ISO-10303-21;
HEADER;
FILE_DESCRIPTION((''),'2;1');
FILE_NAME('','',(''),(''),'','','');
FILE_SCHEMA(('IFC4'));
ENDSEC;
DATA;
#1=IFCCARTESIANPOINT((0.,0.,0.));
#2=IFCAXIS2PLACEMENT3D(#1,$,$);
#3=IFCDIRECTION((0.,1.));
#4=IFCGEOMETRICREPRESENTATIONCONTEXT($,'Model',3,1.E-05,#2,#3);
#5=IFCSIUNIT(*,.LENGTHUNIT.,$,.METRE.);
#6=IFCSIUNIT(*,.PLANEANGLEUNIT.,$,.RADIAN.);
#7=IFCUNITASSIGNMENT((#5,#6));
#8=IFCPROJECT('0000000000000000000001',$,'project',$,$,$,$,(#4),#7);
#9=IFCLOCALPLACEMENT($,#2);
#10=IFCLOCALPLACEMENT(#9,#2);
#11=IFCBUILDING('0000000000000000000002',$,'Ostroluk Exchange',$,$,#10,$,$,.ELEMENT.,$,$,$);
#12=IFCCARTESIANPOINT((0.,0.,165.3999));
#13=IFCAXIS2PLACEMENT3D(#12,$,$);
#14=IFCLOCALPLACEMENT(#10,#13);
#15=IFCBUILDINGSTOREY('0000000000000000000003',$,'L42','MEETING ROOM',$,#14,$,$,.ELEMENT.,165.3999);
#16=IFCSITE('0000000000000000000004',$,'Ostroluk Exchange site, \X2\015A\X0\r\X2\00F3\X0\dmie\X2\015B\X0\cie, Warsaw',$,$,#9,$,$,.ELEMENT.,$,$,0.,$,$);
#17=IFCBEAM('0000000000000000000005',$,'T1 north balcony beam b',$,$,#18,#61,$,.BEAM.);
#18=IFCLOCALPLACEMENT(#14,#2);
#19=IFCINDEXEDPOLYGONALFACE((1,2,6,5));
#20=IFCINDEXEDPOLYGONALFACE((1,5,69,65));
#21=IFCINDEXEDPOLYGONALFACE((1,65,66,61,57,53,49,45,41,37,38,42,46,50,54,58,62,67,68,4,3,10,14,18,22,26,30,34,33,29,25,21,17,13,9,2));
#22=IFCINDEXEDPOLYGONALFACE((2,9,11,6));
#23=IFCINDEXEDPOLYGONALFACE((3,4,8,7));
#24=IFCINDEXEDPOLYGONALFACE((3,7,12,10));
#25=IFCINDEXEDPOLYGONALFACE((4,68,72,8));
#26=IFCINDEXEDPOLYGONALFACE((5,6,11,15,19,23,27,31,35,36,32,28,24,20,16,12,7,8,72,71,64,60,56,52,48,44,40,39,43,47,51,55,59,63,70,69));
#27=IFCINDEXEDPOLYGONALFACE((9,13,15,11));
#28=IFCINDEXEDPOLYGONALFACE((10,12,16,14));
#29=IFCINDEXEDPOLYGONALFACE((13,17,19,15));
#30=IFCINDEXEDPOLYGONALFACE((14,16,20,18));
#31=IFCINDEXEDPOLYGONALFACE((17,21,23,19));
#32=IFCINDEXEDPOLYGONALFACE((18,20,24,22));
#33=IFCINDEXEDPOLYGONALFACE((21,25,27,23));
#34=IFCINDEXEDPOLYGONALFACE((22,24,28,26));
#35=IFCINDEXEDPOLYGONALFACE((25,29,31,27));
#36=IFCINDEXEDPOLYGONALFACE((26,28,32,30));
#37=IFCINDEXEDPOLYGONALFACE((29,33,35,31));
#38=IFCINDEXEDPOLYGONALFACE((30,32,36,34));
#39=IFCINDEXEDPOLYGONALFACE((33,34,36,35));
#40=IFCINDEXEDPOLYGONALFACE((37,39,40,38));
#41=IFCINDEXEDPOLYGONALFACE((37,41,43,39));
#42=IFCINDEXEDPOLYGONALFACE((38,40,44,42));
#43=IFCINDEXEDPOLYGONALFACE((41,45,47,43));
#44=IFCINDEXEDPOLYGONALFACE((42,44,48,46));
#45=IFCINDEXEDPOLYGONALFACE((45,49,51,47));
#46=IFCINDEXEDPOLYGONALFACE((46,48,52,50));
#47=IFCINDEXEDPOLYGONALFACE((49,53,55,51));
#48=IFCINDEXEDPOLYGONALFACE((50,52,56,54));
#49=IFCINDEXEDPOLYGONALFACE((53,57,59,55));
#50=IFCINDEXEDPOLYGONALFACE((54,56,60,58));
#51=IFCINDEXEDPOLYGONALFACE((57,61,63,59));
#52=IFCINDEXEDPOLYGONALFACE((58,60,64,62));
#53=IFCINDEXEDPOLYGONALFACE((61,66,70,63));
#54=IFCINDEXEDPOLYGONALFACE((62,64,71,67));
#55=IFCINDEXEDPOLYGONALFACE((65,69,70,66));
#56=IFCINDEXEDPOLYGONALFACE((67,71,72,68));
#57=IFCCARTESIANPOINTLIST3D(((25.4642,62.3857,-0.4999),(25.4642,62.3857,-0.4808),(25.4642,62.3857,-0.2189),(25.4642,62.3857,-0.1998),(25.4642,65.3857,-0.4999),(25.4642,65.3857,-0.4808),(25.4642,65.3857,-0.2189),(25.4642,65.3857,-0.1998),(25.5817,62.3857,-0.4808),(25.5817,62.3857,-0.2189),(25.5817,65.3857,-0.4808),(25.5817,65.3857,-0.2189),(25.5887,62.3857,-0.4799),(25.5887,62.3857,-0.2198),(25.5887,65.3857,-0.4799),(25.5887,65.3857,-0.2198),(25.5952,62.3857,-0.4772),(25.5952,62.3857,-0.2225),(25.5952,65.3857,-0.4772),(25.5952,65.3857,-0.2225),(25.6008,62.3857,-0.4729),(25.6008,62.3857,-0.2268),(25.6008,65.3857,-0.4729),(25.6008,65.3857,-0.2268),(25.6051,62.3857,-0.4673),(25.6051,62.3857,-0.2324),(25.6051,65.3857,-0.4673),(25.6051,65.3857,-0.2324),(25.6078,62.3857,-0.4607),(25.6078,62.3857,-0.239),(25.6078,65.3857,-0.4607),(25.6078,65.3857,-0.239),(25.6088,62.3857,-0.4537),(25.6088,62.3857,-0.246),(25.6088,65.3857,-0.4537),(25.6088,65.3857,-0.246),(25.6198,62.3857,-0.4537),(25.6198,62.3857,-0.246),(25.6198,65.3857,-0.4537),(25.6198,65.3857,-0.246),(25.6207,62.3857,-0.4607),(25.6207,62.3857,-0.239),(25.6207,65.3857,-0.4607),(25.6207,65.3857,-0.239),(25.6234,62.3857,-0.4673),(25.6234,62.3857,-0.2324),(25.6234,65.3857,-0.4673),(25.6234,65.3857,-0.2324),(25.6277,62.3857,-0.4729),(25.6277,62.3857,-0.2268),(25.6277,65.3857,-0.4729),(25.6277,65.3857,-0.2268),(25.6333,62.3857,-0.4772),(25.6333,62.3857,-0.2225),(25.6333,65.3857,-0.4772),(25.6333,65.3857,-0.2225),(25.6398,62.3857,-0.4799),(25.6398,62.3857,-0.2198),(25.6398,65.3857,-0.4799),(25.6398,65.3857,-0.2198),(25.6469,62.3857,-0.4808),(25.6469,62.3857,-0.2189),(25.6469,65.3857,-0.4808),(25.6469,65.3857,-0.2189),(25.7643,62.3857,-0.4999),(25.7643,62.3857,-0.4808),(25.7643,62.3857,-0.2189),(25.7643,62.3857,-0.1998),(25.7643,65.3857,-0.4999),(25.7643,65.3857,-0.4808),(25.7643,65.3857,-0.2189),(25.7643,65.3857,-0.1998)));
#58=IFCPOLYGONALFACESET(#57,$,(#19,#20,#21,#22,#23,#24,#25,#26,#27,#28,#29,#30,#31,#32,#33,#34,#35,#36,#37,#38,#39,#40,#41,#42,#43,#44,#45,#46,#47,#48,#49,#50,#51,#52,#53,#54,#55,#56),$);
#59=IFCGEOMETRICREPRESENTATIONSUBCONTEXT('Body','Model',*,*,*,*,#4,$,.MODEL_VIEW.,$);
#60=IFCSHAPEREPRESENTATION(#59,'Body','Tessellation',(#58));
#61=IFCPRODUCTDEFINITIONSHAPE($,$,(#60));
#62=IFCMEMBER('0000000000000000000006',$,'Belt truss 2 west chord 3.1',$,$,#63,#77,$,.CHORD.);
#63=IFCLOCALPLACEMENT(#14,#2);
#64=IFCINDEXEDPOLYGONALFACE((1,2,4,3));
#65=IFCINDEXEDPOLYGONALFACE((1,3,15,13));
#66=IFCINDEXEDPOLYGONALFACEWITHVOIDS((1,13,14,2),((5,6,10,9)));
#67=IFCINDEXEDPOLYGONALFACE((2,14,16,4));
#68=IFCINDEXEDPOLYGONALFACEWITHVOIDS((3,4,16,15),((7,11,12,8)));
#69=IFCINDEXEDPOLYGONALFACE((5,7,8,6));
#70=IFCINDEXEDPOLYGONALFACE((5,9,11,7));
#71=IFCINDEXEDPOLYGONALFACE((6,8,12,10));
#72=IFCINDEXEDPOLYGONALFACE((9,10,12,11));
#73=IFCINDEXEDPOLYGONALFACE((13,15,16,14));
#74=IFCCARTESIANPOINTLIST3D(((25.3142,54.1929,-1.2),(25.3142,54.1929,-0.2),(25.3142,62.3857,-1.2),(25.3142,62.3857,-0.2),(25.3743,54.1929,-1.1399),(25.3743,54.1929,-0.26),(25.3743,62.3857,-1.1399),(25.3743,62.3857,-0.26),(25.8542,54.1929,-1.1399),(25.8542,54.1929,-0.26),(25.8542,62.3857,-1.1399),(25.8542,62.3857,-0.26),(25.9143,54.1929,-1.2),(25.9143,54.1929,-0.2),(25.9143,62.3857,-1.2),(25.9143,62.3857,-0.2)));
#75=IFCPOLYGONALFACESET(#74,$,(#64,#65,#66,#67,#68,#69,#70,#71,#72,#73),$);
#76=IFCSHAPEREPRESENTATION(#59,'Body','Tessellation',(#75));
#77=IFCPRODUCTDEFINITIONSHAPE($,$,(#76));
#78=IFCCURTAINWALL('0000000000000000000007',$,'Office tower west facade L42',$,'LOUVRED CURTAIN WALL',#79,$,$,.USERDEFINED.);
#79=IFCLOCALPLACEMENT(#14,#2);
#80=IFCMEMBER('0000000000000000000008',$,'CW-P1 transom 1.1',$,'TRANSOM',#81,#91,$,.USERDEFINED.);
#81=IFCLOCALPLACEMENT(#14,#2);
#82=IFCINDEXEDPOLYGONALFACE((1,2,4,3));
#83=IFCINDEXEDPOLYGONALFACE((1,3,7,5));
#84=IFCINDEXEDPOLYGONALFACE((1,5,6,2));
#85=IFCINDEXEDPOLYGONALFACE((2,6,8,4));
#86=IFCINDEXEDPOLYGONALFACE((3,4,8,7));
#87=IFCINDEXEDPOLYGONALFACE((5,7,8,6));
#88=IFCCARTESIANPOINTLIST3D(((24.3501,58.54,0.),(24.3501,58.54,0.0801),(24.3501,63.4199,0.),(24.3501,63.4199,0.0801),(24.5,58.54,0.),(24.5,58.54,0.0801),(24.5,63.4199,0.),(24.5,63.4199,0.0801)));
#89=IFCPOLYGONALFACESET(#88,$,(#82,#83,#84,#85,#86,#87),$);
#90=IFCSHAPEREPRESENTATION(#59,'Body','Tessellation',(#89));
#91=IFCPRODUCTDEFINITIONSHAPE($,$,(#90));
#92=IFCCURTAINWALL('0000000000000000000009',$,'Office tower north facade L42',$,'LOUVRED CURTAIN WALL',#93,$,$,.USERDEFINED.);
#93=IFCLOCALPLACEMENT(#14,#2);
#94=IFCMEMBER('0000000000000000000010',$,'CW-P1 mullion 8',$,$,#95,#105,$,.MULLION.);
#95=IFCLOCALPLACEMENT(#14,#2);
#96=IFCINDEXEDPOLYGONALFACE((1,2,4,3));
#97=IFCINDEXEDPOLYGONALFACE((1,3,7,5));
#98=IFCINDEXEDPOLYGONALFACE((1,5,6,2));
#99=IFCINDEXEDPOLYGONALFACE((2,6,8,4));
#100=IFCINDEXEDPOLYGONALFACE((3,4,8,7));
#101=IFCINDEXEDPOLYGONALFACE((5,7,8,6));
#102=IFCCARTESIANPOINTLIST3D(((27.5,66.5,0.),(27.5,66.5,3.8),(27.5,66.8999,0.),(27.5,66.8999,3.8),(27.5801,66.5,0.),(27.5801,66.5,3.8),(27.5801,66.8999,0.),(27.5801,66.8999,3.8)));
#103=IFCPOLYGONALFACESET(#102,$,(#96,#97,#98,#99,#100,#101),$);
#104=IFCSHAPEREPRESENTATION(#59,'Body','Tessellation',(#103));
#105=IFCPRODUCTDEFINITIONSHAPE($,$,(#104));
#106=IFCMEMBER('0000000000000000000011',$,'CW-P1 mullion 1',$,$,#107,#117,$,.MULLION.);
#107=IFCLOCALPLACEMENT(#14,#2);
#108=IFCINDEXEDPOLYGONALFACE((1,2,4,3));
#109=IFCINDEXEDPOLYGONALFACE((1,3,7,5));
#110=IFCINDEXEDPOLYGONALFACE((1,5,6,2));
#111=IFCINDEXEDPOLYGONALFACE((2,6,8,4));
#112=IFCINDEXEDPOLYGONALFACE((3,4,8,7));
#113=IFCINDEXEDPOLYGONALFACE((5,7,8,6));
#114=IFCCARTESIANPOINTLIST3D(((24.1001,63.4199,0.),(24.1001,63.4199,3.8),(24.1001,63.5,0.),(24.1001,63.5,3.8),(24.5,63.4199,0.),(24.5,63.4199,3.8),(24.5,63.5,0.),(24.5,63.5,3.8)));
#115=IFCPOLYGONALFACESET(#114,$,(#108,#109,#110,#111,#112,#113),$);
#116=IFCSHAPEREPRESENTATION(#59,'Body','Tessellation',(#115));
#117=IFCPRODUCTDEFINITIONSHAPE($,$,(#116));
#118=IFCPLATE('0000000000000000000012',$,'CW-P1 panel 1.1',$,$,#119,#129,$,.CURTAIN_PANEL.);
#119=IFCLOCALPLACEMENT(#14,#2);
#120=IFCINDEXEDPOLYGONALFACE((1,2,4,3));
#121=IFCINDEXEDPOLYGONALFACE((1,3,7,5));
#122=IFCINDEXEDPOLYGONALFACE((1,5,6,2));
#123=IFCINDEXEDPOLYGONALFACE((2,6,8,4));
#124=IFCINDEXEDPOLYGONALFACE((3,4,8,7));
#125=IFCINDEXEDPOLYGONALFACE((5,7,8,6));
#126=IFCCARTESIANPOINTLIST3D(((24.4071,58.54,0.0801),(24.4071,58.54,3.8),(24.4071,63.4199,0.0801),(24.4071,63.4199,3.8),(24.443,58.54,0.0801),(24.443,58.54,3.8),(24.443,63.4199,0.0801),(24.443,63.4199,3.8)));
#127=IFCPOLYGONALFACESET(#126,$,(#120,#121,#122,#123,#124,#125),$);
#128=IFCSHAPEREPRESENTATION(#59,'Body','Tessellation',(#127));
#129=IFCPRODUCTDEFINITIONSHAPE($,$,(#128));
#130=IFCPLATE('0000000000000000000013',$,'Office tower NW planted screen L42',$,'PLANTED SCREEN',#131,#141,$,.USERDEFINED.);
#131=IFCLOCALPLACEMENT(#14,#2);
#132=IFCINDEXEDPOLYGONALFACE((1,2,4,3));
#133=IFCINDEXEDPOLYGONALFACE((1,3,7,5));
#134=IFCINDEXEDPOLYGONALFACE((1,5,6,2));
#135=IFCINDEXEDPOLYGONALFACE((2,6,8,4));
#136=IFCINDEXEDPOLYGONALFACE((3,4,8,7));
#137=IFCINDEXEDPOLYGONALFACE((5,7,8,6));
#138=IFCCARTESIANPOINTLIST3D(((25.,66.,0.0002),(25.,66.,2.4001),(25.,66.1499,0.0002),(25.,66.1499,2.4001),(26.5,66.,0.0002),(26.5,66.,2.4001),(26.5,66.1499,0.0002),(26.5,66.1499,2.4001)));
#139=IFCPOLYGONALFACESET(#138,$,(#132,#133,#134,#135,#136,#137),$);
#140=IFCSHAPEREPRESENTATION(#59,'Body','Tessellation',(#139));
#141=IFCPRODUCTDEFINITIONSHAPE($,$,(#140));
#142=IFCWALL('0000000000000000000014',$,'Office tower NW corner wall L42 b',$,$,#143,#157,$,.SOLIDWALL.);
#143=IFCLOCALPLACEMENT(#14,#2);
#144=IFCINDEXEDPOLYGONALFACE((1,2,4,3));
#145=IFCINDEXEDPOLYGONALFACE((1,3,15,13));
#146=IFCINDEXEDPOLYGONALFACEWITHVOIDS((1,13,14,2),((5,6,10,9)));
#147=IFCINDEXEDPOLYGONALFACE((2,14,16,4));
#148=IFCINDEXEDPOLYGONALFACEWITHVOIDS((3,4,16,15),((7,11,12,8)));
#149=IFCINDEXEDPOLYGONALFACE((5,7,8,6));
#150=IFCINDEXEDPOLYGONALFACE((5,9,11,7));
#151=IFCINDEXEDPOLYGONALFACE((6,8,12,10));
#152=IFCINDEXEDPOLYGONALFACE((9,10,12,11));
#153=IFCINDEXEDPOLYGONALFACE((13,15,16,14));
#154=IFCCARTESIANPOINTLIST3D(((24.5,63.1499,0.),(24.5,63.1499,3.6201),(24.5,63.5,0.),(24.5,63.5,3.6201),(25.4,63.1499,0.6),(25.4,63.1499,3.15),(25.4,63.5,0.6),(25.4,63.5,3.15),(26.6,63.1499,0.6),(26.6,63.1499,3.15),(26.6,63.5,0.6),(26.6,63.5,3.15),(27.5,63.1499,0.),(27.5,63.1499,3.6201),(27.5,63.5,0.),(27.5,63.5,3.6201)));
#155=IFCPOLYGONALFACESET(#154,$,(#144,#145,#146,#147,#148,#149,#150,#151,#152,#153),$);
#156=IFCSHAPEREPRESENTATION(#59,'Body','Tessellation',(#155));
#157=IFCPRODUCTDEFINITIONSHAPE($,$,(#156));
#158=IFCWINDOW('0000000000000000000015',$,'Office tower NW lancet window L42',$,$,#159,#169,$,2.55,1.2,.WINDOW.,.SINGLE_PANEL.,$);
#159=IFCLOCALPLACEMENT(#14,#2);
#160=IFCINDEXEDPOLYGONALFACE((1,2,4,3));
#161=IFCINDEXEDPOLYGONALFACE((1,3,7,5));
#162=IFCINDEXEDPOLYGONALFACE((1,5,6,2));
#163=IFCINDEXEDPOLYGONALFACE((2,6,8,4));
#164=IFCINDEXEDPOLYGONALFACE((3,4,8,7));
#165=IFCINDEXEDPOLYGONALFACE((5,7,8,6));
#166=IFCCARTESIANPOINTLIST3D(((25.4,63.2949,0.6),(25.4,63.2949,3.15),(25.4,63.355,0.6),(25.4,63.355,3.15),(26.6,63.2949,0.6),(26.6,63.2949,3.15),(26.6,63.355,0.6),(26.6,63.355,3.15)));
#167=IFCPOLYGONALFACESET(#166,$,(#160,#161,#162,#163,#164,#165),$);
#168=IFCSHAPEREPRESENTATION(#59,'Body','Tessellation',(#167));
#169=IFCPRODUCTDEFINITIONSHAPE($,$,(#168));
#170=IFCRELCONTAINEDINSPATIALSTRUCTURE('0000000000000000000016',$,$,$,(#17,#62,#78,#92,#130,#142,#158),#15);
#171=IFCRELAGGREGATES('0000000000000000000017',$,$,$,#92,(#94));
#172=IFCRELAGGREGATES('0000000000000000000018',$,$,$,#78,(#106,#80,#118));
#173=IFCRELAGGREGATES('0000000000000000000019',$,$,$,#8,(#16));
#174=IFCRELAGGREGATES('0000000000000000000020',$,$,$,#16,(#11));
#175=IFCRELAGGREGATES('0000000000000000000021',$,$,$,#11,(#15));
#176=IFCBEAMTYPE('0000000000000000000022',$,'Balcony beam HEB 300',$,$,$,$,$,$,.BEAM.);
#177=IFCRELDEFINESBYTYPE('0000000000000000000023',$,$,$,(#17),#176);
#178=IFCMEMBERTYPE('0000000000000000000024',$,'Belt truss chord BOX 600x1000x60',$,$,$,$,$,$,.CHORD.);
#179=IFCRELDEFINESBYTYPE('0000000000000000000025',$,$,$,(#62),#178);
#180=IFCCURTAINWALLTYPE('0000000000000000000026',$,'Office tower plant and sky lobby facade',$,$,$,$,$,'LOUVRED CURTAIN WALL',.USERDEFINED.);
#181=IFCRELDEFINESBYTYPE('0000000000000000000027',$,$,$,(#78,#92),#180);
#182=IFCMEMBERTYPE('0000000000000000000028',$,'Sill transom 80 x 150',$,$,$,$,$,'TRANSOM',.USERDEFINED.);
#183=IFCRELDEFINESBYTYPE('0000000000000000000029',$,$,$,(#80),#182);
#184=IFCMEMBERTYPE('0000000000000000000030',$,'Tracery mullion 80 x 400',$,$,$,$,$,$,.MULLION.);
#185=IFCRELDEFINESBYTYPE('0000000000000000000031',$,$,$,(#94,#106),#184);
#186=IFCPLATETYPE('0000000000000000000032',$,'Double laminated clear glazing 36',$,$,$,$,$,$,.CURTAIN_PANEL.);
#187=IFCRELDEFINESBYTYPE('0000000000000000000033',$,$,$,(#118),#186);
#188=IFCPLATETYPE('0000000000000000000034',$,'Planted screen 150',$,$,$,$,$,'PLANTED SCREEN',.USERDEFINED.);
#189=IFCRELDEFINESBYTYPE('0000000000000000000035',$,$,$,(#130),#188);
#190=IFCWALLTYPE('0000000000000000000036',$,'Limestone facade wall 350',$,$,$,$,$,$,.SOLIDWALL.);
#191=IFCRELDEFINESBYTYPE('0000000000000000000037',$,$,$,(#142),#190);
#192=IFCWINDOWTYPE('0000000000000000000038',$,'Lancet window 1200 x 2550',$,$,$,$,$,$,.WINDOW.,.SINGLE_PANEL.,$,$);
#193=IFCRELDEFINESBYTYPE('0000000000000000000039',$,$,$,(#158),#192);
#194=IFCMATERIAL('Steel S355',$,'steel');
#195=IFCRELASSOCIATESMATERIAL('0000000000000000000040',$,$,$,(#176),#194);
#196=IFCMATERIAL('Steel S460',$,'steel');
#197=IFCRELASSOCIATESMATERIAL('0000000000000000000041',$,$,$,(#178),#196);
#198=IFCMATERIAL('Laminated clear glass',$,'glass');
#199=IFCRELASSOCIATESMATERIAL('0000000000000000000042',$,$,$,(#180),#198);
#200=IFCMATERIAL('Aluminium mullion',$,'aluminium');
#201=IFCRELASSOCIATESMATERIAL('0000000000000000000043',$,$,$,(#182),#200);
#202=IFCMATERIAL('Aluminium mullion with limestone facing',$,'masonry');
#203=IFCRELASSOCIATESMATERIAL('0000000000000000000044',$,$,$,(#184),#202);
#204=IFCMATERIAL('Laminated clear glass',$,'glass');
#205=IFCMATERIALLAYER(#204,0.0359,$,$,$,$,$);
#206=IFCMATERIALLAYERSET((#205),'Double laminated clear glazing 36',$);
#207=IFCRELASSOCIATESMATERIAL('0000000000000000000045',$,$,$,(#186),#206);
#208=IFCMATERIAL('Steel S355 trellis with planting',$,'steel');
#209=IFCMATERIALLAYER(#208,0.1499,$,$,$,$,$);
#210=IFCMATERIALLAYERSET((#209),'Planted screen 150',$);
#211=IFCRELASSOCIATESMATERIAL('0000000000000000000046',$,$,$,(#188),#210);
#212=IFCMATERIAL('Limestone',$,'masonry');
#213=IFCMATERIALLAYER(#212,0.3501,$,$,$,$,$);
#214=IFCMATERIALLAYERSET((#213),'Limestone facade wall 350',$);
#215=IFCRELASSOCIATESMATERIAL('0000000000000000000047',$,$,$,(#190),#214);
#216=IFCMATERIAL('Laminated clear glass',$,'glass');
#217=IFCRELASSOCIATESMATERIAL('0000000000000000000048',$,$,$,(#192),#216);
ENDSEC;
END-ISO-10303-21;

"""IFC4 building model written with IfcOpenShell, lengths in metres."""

from ifc_helpers import new_model, si_unit, direction, frame, frame_2d, origin, origin_2d, place, context, subcontext, project, spatial, rectangle, hollow_rectangle, i_section, extrude, material, layer, layer_set, material_profile, profile_set, type_object, element, fill, aggregate, save


model = new_model("IFC4")

# Units and contexts
model_context = context("Model", 3, precision=1e-05, world=origin(), true_north=direction((0.0, 1.0)))
body_context = subcontext(model_context, "Body", "Model", "MODEL_VIEW")
ifc_project = project(units=[si_unit("LENGTHUNIT", "METRE"), si_unit("PLANEANGLEUNIT", "RADIAN")], contexts=[model_context])

# Site, building, storey
site_placement = place(None, origin())
site = spatial("IfcSite", under=ifc_project, at=site_placement, Name="Ostroluk Exchange site, Śródmieście, Warsaw", CompositionType="ELEMENT", RefElevation=0.0)
building_placement = place(site_placement, origin())
building = spatial("IfcBuilding", under=site, at=building_placement, Name="Ostroluk Exchange", CompositionType="ELEMENT")
storey_placement = place(building_placement, frame((0.0, 0.0, 165.3999)))
storey = spatial("IfcBuildingStorey", under=building, at=storey_placement, Name="L42", Description="MEETING ROOM", CompositionType="ELEMENT", Elevation=165.3999)

# Beam
ifc_material_1 = material(Name="Steel S355", Category="steel")
ifc_material_profile_1 = material_profile(ifc_material_1, i_section(OverallWidth=0.3, OverallDepth=0.3, WebThickness=0.011, FlangeThickness=0.019, FilletRadius=0.0271, at=origin_2d()), Name="HEB 300")
ifc_profile_set_1 = profile_set([ifc_material_profile_1], Name="Steel S355")
beam_type = type_object("IfcBeamType", Name="Balcony beam HEB 300", PredefinedType="BEAM", material=ifc_profile_set_1)
for number, where, z_axis, x_axis, name in (
    (1, (25.6143, 62.3857, -0.3499), (0.0, 1.0, 0.0), (-1.0, 0.0, 0.0), "T1 north balcony beam b"),
):
    element("IfcBeam", number, at=place(storey_placement, frame(where, z_axis=z_axis, x_axis=x_axis)), inside=storey, type_object=beam_type, Name=name, PredefinedType="BEAM", context=body_context, shape_type="SweptSolid", body=[
        extrude(i_section(OverallWidth=0.3, OverallDepth=0.3, WebThickness=0.011, FlangeThickness=0.019, FilletRadius=0.0271, at=origin_2d()), origin(), (0.0, 0.0, 1.0), 3.0),
    ])

# Member
ifc_material_2 = material(Name="Steel S460", Category="steel")
ifc_material_profile_2 = material_profile(ifc_material_2, hollow_rectangle(XDim=0.6001, YDim=1.0, WallThickness=0.0601, at=origin_2d()), Name="BOX 600x1000x60")
ifc_profile_set_2 = profile_set([ifc_material_profile_2], Name="Steel S460")
member_type_1 = type_object("IfcMemberType", Name="Belt truss chord BOX 600x1000x60", PredefinedType="CHORD", material=ifc_profile_set_2)
member_1_placement = place(storey_placement, frame((25.6143, 62.3857, -0.7), z_axis=(0.0, -1.0, 0.0), x_axis=(1.0, 0.0, 0.0)))
element("IfcMember", 2, at=member_1_placement, inside=storey, type_object=member_type_1, Name="Belt truss 2 west chord 3.1", PredefinedType="CHORD", context=body_context, shape_type="SweptSolid", body=[
    extrude(hollow_rectangle(XDim=0.6001, YDim=1.0, WallThickness=0.0601, at=origin_2d()), origin(), (0.0, 0.0, 1.0), 8.1929),
])

# Curtain walls, members
ifc_material_3 = material(Name="Laminated clear glass", Category="glass")
curtain_wall_type = type_object("IfcCurtainWallType", Name="Office tower plant and sky lobby facade", ElementType="LOUVRED CURTAIN WALL", PredefinedType="USERDEFINED", material=ifc_material_3)
curtain_wall_1_placement = place(storey_placement, origin())
curtain_wall_1 = element("IfcCurtainWall", 3, at=curtain_wall_1_placement, inside=storey, type_object=curtain_wall_type, Name="Office tower west facade L42", ObjectType="LOUVRED CURTAIN WALL", PredefinedType="USERDEFINED")
ifc_material_4 = material(Name="Aluminium mullion", Category="aluminium")
ifc_material_profile_3 = material_profile(ifc_material_4, rectangle(XDim=0.1499, YDim=0.0801, at=origin_2d()), Name="Sill transom 80 x 150")
ifc_profile_set_3 = profile_set([ifc_material_profile_3], Name="Aluminium mullion")
member_type_2 = type_object("IfcMemberType", Name="Sill transom 80 x 150", ElementType="TRANSOM", PredefinedType="USERDEFINED", material=ifc_profile_set_3)
member_2_placement = place(storey_placement, frame((24.425, 63.4199, 0.04), z_axis=(0.0, -1.0, 0.0), x_axis=(1.0, 0.0, 0.0)))
member_2 = element("IfcMember", 4, at=member_2_placement, type_object=member_type_2, Name="CW-P1 transom 1.1", ObjectType="TRANSOM", PredefinedType="USERDEFINED", context=body_context, shape_type="SweptSolid", body=[
    extrude(rectangle(XDim=0.1499, YDim=0.0801, at=origin_2d()), origin(), (0.0, 0.0, 1.0), 4.8799),
])
curtain_wall_2_placement = place(storey_placement, origin())
curtain_wall_2 = element("IfcCurtainWall", 5, at=curtain_wall_2_placement, inside=storey, type_object=curtain_wall_type, Name="Office tower north facade L42", ObjectType="LOUVRED CURTAIN WALL", PredefinedType="USERDEFINED")
ifc_material_5 = material(Name="Aluminium mullion with limestone facing", Category="masonry")
ifc_material_profile_4 = material_profile(ifc_material_5, rectangle(XDim=0.3999, YDim=0.0801, at=origin_2d()), Name="Tracery mullion 80 x 400")
ifc_profile_set_4 = profile_set([ifc_material_profile_4], Name="Aluminium mullion with limestone facing")
member_type_3 = type_object("IfcMemberType", Name="Tracery mullion 80 x 400", PredefinedType="MULLION", material=ifc_profile_set_4)
member_3_placement = place(storey_placement, frame((27.54, 66.7, 0.0), z_axis=(0.0, 0.0, 1.0), x_axis=(0.0, -1.0, 0.0)))
member_3 = element("IfcMember", 6, at=member_3_placement, type_object=member_type_3, Name="CW-P1 mullion 8", PredefinedType="MULLION", context=body_context, shape_type="SweptSolid", body=[
    extrude(rectangle(XDim=0.3999, YDim=0.0801, at=origin_2d()), origin(), (0.0, 0.0, 1.0), 3.8),
])
aggregate(curtain_wall_2, [member_3])

# Member
member_4_placement = place(storey_placement, frame((24.3, 63.46, 0.0), z_axis=(0.0, 0.0, 1.0), x_axis=(1.0, 0.0, 0.0)))
member_4 = element("IfcMember", 7, at=member_4_placement, type_object=member_type_3, Name="CW-P1 mullion 1", PredefinedType="MULLION", context=body_context, shape_type="SweptSolid", body=[
    extrude(rectangle(XDim=0.3999, YDim=0.0801, at=origin_2d()), origin(), (0.0, 0.0, 1.0), 3.8),
])

# Plates
ifc_material_6 = material(Name="Laminated clear glass", Category="glass")
ifc_layer_1 = layer(ifc_material_6, 0.0359)
ifc_layer_set_1 = layer_set([ifc_layer_1], Name="Double laminated clear glazing 36")
plate_type_1 = type_object("IfcPlateType", Name="Double laminated clear glazing 36", PredefinedType="CURTAIN_PANEL", material=ifc_layer_set_1)
plate_1_placement = place(storey_placement, frame((24.425, 60.98, 0.0801), z_axis=(0.0, 0.0, 1.0), x_axis=(0.0, -1.0, 0.0)))
plate_1 = element("IfcPlate", 8, at=plate_1_placement, type_object=plate_type_1, Name="CW-P1 panel 1.1", PredefinedType="CURTAIN_PANEL", context=body_context, shape_type="SweptSolid", body=[
    extrude(rectangle(XDim=4.8799, YDim=0.0359, at=origin_2d()), origin(), (0.0, 0.0, 1.0), 3.72),
])
aggregate(curtain_wall_1, [member_4, member_2, plate_1])
ifc_material_7 = material(Name="Steel S355 trellis with planting", Category="steel")
ifc_layer_2 = layer(ifc_material_7, 0.1499)
ifc_layer_set_2 = layer_set([ifc_layer_2], Name="Planted screen 150")
plate_type_2 = type_object("IfcPlateType", Name="Planted screen 150", ElementType="PLANTED SCREEN", PredefinedType="USERDEFINED", material=ifc_layer_set_2)
plate_2_placement = place(storey_placement, frame((25.75, 66.075, 0.0002), z_axis=(0.0, 0.0, 1.0), x_axis=(1.0, 0.0, 0.0)))
element("IfcPlate", 9, at=plate_2_placement, inside=storey, type_object=plate_type_2, Name="Office tower NW planted screen L42", ObjectType="PLANTED SCREEN", PredefinedType="USERDEFINED", context=body_context, shape_type="SweptSolid", body=[
    extrude(rectangle(XDim=1.5, YDim=0.1499, at=origin_2d()), origin(), (0.0, 0.0, 1.0), 2.3999),
])

# Shared definitions
ifc_material_8 = material(Name="Limestone", Category="masonry")
ifc_layer_3 = layer(ifc_material_8, 0.3501)
ifc_layer_set_3 = layer_set([ifc_layer_3], Name="Limestone facade wall 350")
wall_type_1 = type_object("IfcWallType", Name="Limestone facade wall 350", PredefinedType="SOLIDWALL", material=ifc_layer_set_3)

# Wall, opening, window
wall_1_placement = place(storey_placement, frame((27.5, 63.325, 0.0), z_axis=(0.0, 0.0, 1.0), x_axis=(-1.0, 0.0, 0.0)))
wall_1 = element("IfcWall", 10, at=wall_1_placement, inside=storey, type_object=wall_type_1, Name="Office tower NW corner wall L42 b", PredefinedType="SOLIDWALL", context=body_context, shape_type="SweptSolid", body=[
    extrude(rectangle(XDim=3.0, YDim=0.3501, at=frame_2d((1.5, 0.0))), origin(), (0.0, 0.0, 1.0), 3.6201),
])
opening_1_placement = place(wall_1_placement, frame((0.8999, 0.0, 0.6001)))
opening_1 = element("IfcOpeningElement", 11, at=opening_1_placement, cuts=wall_1, PredefinedType="OPENING", context=body_context, shape_type="SweptSolid", body=[
    extrude(rectangle(XDim=1.2, YDim=2.55, at=frame_2d((0.6001, 1.2749))), frame((0.0, 0.1851, 0.0), z_axis=(0.0, -1.0, 0.0), x_axis=(1.0, 0.0, 0.0)), (0.0, 0.0, 1.0), 0.3701),
])
ifc_material_9 = material(Name="Laminated clear glass", Category="glass")
window_type = type_object("IfcWindowType", Name="Lancet window 1200 x 2550", PartitioningType="SINGLE_PANEL", PredefinedType="WINDOW", material=ifc_material_9)
window_placement = place(opening_1_placement, origin())
window = element("IfcWindow", 12, at=window_placement, inside=storey, type_object=window_type, Name="Office tower NW lancet window L42", OverallHeight=2.55, OverallWidth=1.2, PartitioningType="SINGLE_PANEL", PredefinedType="WINDOW", context=body_context, shape_type="SweptSolid", body=[
    extrude(rectangle(XDim=1.2, YDim=2.55, at=frame_2d((0.6001, 1.2749))), frame((0.0, 0.03, 0.0), z_axis=(0.0, -1.0, 0.0), x_axis=(1.0, 0.0, 0.0)), (0.0, 0.0, 1.0), 0.0601),
])
fill(opening_1, window)

save(model, "model.ifc")
